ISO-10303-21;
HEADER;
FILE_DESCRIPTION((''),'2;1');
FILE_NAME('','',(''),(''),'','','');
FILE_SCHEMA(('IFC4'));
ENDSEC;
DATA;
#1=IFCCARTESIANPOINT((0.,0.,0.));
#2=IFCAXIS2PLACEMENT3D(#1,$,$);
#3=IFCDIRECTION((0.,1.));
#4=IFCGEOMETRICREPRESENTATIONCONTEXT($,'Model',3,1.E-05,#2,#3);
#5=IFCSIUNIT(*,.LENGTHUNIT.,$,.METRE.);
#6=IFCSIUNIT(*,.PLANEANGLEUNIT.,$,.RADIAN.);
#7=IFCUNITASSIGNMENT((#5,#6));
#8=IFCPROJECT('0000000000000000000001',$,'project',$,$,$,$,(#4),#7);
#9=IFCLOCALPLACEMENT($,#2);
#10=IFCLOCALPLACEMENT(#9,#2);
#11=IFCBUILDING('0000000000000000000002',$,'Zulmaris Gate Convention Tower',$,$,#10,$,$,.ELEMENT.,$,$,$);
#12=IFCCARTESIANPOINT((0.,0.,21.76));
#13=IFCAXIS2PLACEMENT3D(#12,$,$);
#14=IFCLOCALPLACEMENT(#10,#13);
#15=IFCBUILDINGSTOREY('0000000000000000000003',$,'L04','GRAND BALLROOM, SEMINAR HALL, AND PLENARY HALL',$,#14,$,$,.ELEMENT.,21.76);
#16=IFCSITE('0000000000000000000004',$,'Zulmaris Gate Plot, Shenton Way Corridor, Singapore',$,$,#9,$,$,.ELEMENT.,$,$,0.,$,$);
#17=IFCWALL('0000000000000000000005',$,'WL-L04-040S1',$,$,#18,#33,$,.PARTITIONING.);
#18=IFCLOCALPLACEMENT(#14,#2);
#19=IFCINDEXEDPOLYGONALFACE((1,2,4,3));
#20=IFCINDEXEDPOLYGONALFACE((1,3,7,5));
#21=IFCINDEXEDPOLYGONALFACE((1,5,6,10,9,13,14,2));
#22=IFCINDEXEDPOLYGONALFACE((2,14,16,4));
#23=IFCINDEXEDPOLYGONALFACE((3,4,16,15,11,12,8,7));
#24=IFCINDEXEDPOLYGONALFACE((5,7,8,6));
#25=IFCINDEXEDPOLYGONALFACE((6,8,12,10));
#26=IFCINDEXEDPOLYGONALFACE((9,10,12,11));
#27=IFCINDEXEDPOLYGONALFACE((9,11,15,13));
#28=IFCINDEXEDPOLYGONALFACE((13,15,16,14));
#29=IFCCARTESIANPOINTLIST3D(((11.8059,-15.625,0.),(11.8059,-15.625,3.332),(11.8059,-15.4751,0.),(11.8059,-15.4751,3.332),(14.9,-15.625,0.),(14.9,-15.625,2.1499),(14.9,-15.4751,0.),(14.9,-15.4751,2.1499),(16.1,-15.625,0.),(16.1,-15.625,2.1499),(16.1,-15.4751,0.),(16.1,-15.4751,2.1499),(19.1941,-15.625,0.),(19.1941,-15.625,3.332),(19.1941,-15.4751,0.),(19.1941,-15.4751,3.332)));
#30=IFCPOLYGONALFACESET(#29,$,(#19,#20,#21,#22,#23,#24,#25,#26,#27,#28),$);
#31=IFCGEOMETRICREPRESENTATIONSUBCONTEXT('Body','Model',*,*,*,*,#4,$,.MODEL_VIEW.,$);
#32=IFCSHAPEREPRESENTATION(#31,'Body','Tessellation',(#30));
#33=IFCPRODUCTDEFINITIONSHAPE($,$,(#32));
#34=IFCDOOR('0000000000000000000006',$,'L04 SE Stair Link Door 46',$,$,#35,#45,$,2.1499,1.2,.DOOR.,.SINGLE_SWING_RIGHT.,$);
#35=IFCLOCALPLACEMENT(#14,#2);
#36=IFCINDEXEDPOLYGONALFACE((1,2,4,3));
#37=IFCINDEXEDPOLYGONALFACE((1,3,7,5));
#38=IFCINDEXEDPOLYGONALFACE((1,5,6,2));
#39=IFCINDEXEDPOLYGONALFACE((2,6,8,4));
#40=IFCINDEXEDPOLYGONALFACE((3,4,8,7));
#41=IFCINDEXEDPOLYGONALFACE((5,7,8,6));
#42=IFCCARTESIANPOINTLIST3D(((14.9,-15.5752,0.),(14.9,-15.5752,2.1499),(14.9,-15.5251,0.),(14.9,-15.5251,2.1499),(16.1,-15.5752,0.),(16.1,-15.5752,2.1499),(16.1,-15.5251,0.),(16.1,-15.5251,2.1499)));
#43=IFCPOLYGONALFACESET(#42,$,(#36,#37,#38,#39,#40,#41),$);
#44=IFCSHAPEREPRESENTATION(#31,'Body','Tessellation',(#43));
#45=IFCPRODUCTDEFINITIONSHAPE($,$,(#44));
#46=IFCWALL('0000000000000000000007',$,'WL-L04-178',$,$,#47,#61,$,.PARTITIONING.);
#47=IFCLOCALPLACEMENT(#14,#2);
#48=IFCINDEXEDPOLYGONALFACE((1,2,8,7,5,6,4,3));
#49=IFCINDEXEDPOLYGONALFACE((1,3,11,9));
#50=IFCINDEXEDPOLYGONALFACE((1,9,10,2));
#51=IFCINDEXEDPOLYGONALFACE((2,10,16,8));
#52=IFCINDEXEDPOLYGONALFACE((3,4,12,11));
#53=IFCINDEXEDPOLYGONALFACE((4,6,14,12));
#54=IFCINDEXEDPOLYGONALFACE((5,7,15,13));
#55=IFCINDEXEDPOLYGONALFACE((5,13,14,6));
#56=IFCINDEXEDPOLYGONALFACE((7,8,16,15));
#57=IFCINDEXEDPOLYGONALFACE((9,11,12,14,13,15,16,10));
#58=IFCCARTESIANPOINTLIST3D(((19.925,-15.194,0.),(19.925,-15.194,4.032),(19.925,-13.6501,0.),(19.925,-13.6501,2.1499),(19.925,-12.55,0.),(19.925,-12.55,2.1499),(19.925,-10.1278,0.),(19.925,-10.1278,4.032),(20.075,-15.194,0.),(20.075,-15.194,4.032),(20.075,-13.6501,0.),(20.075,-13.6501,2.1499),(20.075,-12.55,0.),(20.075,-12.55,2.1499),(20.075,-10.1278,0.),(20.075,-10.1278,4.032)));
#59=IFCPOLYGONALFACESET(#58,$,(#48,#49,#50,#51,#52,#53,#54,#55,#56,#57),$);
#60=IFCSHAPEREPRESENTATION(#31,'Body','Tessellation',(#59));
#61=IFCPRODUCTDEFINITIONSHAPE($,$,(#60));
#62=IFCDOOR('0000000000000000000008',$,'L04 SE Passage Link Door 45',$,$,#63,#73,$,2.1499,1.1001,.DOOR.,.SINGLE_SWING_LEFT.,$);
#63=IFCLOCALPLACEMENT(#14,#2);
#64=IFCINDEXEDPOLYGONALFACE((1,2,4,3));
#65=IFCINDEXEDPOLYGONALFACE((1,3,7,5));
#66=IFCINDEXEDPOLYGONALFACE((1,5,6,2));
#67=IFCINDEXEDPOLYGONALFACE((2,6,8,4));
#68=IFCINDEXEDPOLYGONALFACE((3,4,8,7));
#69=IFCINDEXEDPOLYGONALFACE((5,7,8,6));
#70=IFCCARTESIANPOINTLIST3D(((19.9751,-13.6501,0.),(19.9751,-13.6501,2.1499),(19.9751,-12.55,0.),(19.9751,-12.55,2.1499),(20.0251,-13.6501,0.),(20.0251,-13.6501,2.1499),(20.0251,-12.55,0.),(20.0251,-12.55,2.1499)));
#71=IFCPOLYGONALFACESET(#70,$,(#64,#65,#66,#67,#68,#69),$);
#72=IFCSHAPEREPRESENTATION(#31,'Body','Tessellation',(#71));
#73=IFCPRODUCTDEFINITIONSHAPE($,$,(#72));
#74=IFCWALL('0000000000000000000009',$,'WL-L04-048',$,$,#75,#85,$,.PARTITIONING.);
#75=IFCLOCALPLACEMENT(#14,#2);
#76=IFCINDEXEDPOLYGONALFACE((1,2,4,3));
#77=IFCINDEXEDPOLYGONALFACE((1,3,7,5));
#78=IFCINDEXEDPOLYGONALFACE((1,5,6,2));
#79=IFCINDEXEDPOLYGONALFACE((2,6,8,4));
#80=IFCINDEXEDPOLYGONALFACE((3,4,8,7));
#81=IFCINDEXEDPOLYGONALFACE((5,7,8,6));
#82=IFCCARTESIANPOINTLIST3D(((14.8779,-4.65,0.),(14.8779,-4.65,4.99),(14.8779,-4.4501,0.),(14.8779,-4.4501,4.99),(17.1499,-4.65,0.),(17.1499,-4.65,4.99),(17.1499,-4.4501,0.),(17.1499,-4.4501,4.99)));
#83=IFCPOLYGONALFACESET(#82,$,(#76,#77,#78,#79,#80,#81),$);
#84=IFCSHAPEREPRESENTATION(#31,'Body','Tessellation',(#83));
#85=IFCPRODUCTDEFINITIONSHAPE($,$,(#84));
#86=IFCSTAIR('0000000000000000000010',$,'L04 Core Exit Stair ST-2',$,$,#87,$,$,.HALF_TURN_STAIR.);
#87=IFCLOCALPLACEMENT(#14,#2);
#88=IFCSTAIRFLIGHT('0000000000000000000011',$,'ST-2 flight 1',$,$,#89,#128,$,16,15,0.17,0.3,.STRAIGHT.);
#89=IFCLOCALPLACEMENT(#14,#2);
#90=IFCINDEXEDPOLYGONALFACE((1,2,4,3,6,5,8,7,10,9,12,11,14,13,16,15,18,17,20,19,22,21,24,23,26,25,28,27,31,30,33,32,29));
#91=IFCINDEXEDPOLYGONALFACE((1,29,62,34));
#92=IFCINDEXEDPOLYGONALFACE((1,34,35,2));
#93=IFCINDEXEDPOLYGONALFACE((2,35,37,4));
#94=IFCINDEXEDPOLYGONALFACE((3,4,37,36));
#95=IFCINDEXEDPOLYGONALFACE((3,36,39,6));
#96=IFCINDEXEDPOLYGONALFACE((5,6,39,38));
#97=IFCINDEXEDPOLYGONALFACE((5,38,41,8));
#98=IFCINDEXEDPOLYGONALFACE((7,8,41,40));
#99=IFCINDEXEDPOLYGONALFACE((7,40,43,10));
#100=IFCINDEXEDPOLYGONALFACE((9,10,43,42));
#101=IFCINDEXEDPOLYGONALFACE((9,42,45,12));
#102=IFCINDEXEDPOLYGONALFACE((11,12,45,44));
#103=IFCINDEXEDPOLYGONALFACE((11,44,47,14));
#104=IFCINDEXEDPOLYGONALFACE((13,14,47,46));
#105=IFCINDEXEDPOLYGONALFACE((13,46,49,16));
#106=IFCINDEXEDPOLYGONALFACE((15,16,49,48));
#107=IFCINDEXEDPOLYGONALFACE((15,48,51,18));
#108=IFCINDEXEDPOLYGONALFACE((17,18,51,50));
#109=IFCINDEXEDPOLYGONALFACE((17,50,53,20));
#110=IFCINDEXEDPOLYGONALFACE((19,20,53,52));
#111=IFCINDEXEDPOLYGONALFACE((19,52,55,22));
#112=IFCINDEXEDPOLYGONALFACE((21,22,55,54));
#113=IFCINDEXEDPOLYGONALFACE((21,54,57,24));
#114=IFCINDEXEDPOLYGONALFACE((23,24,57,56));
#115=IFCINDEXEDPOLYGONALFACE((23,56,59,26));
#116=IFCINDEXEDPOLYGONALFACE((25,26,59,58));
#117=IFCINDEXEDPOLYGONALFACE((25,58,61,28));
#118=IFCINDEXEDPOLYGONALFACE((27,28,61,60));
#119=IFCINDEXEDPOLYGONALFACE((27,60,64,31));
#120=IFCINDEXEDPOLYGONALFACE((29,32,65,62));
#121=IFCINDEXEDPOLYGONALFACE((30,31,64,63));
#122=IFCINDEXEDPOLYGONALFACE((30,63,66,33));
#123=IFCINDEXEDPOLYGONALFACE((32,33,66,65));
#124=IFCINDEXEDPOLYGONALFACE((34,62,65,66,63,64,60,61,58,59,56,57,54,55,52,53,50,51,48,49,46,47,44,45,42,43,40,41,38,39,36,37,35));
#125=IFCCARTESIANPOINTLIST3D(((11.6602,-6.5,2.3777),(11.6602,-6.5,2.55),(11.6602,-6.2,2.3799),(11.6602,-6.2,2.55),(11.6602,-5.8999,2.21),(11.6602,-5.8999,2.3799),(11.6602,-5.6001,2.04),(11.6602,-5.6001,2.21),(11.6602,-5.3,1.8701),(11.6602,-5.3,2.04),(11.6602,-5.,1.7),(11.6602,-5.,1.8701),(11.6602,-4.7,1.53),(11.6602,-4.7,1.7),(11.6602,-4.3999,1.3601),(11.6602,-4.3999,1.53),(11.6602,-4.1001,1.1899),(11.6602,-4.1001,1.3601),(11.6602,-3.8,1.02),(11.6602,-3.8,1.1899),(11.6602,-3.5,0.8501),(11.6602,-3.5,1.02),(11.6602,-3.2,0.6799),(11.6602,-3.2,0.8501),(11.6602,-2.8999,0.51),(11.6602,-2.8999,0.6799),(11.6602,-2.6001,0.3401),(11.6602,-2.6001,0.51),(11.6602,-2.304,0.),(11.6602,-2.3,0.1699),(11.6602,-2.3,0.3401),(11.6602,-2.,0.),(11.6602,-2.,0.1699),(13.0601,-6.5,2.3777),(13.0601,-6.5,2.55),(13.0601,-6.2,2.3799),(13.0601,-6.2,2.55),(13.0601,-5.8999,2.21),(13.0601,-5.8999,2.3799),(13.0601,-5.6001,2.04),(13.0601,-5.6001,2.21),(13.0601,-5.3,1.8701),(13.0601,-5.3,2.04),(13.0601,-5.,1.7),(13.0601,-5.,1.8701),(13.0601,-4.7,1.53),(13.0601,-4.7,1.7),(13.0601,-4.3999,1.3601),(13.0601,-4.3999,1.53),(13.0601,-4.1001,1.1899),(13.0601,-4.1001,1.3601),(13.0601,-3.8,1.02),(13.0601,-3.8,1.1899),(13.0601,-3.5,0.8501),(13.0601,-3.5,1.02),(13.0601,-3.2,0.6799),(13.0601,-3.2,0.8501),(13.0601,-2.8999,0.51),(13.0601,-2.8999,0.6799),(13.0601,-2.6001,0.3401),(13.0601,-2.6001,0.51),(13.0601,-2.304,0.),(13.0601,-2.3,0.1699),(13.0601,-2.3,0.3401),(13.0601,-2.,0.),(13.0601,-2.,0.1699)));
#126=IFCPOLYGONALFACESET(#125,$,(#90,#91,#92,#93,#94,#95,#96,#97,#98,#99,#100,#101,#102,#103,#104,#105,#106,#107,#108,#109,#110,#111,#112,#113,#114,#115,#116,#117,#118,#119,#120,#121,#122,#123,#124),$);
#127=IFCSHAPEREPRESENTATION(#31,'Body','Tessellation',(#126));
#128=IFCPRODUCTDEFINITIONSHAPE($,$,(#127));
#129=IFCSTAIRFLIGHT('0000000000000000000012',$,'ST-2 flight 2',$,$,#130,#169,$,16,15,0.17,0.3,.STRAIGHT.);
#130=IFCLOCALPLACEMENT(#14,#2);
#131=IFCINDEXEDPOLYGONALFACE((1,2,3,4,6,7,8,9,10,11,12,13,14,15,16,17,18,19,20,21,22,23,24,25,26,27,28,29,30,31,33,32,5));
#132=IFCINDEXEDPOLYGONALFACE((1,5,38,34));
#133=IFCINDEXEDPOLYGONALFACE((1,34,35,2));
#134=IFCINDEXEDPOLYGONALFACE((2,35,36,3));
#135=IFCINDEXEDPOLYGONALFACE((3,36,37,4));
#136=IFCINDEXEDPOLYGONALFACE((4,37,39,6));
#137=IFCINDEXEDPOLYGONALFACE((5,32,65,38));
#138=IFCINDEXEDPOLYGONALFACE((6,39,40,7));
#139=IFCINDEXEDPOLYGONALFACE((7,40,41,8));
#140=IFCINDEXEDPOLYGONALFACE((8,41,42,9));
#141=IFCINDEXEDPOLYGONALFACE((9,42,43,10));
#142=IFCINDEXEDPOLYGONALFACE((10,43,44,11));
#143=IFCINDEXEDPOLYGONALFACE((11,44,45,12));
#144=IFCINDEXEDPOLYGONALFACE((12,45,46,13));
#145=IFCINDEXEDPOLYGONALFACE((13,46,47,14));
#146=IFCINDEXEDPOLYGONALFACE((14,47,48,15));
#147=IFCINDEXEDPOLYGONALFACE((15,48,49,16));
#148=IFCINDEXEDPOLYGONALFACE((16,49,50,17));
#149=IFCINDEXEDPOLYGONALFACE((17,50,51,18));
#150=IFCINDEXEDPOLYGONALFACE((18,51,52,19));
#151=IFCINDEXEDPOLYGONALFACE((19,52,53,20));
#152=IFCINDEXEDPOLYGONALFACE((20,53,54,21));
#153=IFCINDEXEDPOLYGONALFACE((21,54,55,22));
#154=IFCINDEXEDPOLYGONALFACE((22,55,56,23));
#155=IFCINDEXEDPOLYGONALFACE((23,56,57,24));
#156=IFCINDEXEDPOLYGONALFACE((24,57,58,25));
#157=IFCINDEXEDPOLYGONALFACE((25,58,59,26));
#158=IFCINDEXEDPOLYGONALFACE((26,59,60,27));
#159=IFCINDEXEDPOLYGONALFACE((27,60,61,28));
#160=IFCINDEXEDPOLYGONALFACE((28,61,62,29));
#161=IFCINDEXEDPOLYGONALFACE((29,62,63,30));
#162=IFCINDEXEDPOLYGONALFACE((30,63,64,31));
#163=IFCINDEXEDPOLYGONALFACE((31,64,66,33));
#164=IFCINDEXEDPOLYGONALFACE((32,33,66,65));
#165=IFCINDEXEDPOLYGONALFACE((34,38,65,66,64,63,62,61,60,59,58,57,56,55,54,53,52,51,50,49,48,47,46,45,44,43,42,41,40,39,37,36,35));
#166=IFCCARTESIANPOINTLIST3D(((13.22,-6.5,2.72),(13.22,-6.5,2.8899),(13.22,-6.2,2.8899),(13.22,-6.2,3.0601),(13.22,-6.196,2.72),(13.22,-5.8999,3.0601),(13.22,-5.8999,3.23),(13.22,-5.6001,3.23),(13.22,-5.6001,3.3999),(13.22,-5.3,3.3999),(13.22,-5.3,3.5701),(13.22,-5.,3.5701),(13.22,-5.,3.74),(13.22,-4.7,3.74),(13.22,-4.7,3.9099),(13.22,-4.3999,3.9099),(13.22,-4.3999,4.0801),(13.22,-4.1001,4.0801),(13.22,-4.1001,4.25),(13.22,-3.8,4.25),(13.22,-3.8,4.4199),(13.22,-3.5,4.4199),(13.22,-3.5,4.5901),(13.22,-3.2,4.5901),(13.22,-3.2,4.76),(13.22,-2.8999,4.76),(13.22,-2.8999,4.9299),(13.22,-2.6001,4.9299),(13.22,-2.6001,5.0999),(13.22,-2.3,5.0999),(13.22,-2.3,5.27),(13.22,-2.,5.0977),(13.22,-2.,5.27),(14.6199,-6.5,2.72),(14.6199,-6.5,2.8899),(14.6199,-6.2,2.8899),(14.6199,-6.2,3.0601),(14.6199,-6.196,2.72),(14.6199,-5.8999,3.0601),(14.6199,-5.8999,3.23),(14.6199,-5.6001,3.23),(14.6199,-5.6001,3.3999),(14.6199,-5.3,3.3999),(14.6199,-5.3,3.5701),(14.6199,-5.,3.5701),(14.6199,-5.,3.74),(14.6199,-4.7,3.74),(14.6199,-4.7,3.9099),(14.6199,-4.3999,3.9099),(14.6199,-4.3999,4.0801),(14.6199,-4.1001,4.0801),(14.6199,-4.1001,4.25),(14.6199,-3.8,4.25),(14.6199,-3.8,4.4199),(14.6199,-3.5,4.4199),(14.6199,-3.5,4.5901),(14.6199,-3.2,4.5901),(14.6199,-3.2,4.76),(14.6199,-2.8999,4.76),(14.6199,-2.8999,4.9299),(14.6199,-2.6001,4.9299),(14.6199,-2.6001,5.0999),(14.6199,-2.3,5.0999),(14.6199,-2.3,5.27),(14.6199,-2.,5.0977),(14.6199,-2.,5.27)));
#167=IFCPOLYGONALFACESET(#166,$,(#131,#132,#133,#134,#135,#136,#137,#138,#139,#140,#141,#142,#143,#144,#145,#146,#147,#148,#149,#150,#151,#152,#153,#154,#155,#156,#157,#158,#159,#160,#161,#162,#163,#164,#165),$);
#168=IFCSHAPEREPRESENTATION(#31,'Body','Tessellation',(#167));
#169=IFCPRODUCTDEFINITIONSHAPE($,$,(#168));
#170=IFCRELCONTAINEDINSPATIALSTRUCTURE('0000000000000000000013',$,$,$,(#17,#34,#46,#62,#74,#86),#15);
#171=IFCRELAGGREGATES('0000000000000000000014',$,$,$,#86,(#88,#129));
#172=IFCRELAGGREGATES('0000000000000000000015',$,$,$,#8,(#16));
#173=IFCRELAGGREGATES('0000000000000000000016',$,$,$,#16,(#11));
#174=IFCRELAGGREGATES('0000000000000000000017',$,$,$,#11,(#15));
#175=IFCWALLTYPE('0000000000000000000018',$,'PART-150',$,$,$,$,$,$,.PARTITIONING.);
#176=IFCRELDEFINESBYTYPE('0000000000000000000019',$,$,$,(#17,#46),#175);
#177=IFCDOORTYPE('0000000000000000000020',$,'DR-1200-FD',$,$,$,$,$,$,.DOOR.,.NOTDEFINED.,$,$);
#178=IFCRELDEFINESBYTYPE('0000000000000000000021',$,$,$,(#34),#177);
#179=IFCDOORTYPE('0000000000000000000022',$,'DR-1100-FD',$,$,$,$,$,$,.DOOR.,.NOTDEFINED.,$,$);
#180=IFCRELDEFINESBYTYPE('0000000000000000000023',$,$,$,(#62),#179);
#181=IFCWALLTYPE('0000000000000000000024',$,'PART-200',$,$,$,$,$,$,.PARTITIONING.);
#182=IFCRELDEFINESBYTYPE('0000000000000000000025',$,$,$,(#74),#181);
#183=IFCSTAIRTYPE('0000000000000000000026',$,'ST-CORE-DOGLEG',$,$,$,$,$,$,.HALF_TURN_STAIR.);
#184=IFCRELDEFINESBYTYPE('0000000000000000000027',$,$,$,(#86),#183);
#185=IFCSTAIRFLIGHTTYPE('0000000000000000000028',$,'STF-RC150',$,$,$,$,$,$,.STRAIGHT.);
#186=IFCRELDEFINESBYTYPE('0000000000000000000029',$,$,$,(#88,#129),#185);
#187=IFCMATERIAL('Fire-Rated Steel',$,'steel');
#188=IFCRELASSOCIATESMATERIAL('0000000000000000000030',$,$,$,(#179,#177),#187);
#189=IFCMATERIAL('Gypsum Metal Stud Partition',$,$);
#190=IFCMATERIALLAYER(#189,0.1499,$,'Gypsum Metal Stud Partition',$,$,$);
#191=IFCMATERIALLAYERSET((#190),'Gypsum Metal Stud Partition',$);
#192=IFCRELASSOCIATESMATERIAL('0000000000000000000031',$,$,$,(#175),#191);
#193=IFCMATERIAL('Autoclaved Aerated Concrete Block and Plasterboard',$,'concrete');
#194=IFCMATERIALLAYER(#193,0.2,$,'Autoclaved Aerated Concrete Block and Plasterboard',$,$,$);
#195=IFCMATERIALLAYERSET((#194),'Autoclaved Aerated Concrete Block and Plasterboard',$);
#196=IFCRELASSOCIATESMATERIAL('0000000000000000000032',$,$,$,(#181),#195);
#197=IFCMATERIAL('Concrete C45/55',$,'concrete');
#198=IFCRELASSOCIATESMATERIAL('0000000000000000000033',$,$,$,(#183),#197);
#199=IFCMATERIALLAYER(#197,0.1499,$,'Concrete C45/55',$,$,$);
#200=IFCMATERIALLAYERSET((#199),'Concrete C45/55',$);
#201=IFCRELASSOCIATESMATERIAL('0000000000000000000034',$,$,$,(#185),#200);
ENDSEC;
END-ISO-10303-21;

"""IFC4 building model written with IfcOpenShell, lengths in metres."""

from ifc_helpers import new_model, si_unit, direction, frame, frame_2d, origin, place, context, subcontext, project, spatial, polyline, rectangle, outline, extrude, material, layer, layer_set, type_object, element, fill, aggregate, save


model = new_model("IFC4")

# Units and contexts
model_context = context("Model", 3, precision=1e-05, world=origin(), true_north=direction((0.0, 1.0)))
body_context = subcontext(model_context, "Body", "Model", "MODEL_VIEW")
ifc_project = project(units=[si_unit("LENGTHUNIT", "METRE"), si_unit("PLANEANGLEUNIT", "RADIAN")], contexts=[model_context])

# Site, building, storey
site_placement = place(None, origin())
site = spatial("IfcSite", under=ifc_project, at=site_placement, Name="Zulmaris Gate Plot, Shenton Way Corridor, Singapore", CompositionType="ELEMENT", RefElevation=0.0)
building_placement = place(site_placement, origin())
building = spatial("IfcBuilding", under=site, at=building_placement, Name="Zulmaris Gate Convention Tower", CompositionType="ELEMENT")
storey_placement = place(building_placement, frame((0.0, 0.0, 21.76)))
storey = spatial("IfcBuildingStorey", under=building, at=storey_placement, Name="L04", Description="GRAND BALLROOM, SEMINAR HALL, AND PLENARY HALL", CompositionType="ELEMENT", Elevation=21.76)

# Shared definitions
ifc_material_1 = material(Name="Fire-Rated Steel", Category="steel")
door_type_1 = type_object("IfcDoorType", Name="DR-1100-FD", OperationType="NOTDEFINED", PredefinedType="DOOR", material=ifc_material_1)

# Walls, openings, doors
ifc_material_2 = material(Name="Gypsum Metal Stud Partition")
ifc_layer_1 = layer(ifc_material_2, 0.1499, Name="Gypsum Metal Stud Partition")
ifc_layer_set_1 = layer_set([ifc_layer_1], Name="Gypsum Metal Stud Partition")
wall_type_1 = type_object("IfcWallType", Name="PART-150", PredefinedType="PARTITIONING", material=ifc_layer_set_1)
wall_1_placement = place(storey_placement, frame((11.8059, -15.55, 0.0), z_axis=(0.0, 0.0, 1.0), x_axis=(1.0, 0.0, 0.0)))
wall_1 = element("IfcWall", 1, at=wall_1_placement, inside=storey, type_object=wall_type_1, Name="WL-L04-040S1", PredefinedType="PARTITIONING", context=body_context, shape_type="SweptSolid", body=[
    extrude(rectangle(XDim=7.3882, YDim=0.1499, at=frame_2d((3.6941, 0.0))), origin(), (0.0, 0.0, 1.0), 3.332),
])
opening_1_placement = place(wall_1_placement, frame((3.094, 0.0, 0.0)))
opening_1 = element("IfcOpeningElement", 2, at=opening_1_placement, cuts=wall_1, PredefinedType="OPENING", context=body_context, shape_type="SweptSolid", body=[
    extrude(rectangle(XDim=1.2, YDim=2.1499, at=frame_2d((0.6001, 1.075))), frame((0.0, 0.085, 0.0), z_axis=(0.0, -1.0, 0.0), x_axis=(1.0, 0.0, 0.0)), (0.0, 0.0, 1.0), 0.1699),
])
door_type_2 = type_object("IfcDoorType", Name="DR-1200-FD", OperationType="NOTDEFINED", PredefinedType="DOOR", material=ifc_material_1)
door_1_placement = place(opening_1_placement, origin())
door_1 = element("IfcDoor", 3, at=door_1_placement, inside=storey, type_object=door_type_2, Name="L04 SE Stair Link Door 46", OperationType="SINGLE_SWING_RIGHT", OverallHeight=2.1499, OverallWidth=1.2, PredefinedType="DOOR", context=body_context, shape_type="SweptSolid", body=[
    extrude(rectangle(XDim=1.2, YDim=2.1499, at=frame_2d((0.6001, 1.075))), frame((0.0, 0.0249, 0.0), z_axis=(0.0, -1.0, 0.0), x_axis=(1.0, 0.0, 0.0)), (0.0, 0.0, 1.0), 0.05),
])
fill(opening_1, door_1)
wall_2_placement = place(storey_placement, frame((20.0, -15.1941, 0.0), z_axis=(0.0, 0.0, 1.0), x_axis=(0.0, 1.0, 0.0)))
wall_2 = element("IfcWall", 4, at=wall_2_placement, inside=storey, type_object=wall_type_1, Name="WL-L04-178", PredefinedType="PARTITIONING", context=body_context, shape_type="SweptSolid", body=[
    extrude(rectangle(XDim=5.0662, YDim=0.1499, at=frame_2d((2.5332, 0.0))), origin(), (0.0, 0.0, 1.0), 4.032),
])
opening_2_placement = place(wall_2_placement, frame((1.5439, 0.0, 0.0)))
opening_2 = element("IfcOpeningElement", 5, at=opening_2_placement, cuts=wall_2, PredefinedType="OPENING", context=body_context, shape_type="SweptSolid", body=[
    extrude(rectangle(XDim=1.1001, YDim=2.1499, at=frame_2d((0.55, 1.075))), frame((0.0, 0.085, 0.0), z_axis=(0.0, -1.0, 0.0), x_axis=(1.0, 0.0, 0.0)), (0.0, 0.0, 1.0), 0.1699),
])
door_2_placement = place(opening_2_placement, origin())
door_2 = element("IfcDoor", 6, at=door_2_placement, inside=storey, type_object=door_type_1, Name="L04 SE Passage Link Door 45", OperationType="SINGLE_SWING_LEFT", OverallHeight=2.1499, OverallWidth=1.1001, PredefinedType="DOOR", context=body_context, shape_type="SweptSolid", body=[
    extrude(rectangle(XDim=1.1001, YDim=2.1499, at=frame_2d((0.55, 1.075))), frame((0.0, 0.0249, 0.0), z_axis=(0.0, -1.0, 0.0), x_axis=(1.0, 0.0, 0.0)), (0.0, 0.0, 1.0), 0.05),
])
fill(opening_2, door_2)

# Wall
ifc_material_3 = material(Name="Autoclaved Aerated Concrete Block and Plasterboard", Category="concrete")
ifc_layer_2 = layer(ifc_material_3, 0.2, Name="Autoclaved Aerated Concrete Block and Plasterboard")
ifc_layer_set_2 = layer_set([ifc_layer_2], Name="Autoclaved Aerated Concrete Block and Plasterboard")
wall_type_2 = type_object("IfcWallType", Name="PART-200", PredefinedType="PARTITIONING", material=ifc_layer_set_2)
wall_3_placement = place(storey_placement, frame((14.8779, -4.55, 0.0), z_axis=(0.0, 0.0, 1.0), x_axis=(1.0, 0.0, 0.0)))
element("IfcWall", 7, at=wall_3_placement, inside=storey, type_object=wall_type_2, Name="WL-L04-048", PredefinedType="PARTITIONING", context=body_context, shape_type="SweptSolid", body=[
    extrude(rectangle(XDim=2.272, YDim=0.2, at=frame_2d((1.136, 0.0))), origin(), (0.0, 0.0, 1.0), 4.99),
])

# Stair, stair flights
ifc_material_4 = material(Name="Concrete C45/55", Category="concrete")
stair_type = type_object("IfcStairType", Name="ST-CORE-DOGLEG", PredefinedType="HALF_TURN_STAIR", material=ifc_material_4)
stair_placement = place(storey_placement, origin())
stair = element("IfcStair", 8, at=stair_placement, inside=storey, type_object=stair_type, Name="L04 Core Exit Stair ST-2", PredefinedType="HALF_TURN_STAIR")
ifc_layer_3 = layer(ifc_material_4, 0.1499, Name="Concrete C45/55")
ifc_layer_set_3 = layer_set([ifc_layer_3], Name="Concrete C45/55")
stair_flight_type = type_object("IfcStairFlightType", Name="STF-RC150", PredefinedType="STRAIGHT", material=ifc_layer_set_3)
stair_flight_1_placement = place(storey_placement, frame((12.3601, -2.0, 0.0), z_axis=(0.0, 0.0, 1.0), x_axis=(0.0, -1.0, 0.0)))
stair_flight_1 = element("IfcStairFlight", 9, at=stair_flight_1_placement, type_object=stair_flight_type, Name="ST-2 flight 1", NumberOfRisers=16, NumberOfTreads=15, PredefinedType="STRAIGHT", RiserHeight=0.17, TreadLength=0.3, context=body_context, shape_type="SweptSolid", body=[
    extrude(outline(polyline([(0.0, 0.0), (0.0, 0.1699), (0.3, 0.1699), (0.3, 0.3401), (0.6001, 0.3401), (0.6001, 0.51), (0.8999, 0.51), (0.8999, 0.6799), (1.2, 0.6799), (1.2, 0.8501), (1.5, 0.8501), (1.5, 1.02), (1.8, 1.02), (1.8, 1.1899), (2.1001, 1.1899), (2.1001, 1.3601), (2.3999, 1.3601), (2.3999, 1.53), (2.7, 1.53), (2.7, 1.7), (3.0, 1.7), (3.0, 1.8701), (3.3, 1.8701), (3.3, 2.04), (3.6001, 2.04), (3.6001, 2.21), (3.8999, 2.21), (3.8999, 2.3799), (4.2, 2.3799), (4.2, 2.55), (4.5, 2.55), (4.5, 2.72), (4.5, 2.3777), (0.304, 0.0), (0.0, 0.0)])), frame((0.0, 0.7, 0.0), z_axis=(0.0, -1.0, 0.0), x_axis=(1.0, 0.0, 0.0)), (0.0, 0.0, 1.0), 1.3999),
])
stair_flight_2_placement = place(storey_placement, frame((13.9199, -6.5, 2.72), z_axis=(0.0, 0.0, 1.0), x_axis=(0.0, 1.0, 0.0)))
stair_flight_2 = element("IfcStairFlight", 10, at=stair_flight_2_placement, type_object=stair_flight_type, Name="ST-2 flight 2", NumberOfRisers=16, NumberOfTreads=15, PredefinedType="STRAIGHT", RiserHeight=0.17, TreadLength=0.3, context=body_context, shape_type="SweptSolid", body=[
    extrude(outline(polyline([(0.0, 0.0), (0.0, 0.1699), (0.3, 0.1699), (0.3, 0.3401), (0.6001, 0.3401), (0.6001, 0.51), (0.8999, 0.51), (0.8999, 0.6799), (1.2, 0.6799), (1.2, 0.8501), (1.5, 0.8501), (1.5, 1.02), (1.8, 1.02), (1.8, 1.1899), (2.1001, 1.1899), (2.1001, 1.3601), (2.3999, 1.3601), (2.3999, 1.53), (2.7, 1.53), (2.7, 1.7), (3.0, 1.7), (3.0, 1.8701), (3.3, 1.8701), (3.3, 2.04), (3.6001, 2.04), (3.6001, 2.21), (3.8999, 2.21), (3.8999, 2.3799), (4.2, 2.3799), (4.2, 2.55), (4.5, 2.55), (4.5, 2.72), (4.5, 2.3777), (0.304, 0.0), (0.0, 0.0)])), frame((0.0, 0.7, 0.0), z_axis=(0.0, -1.0, 0.0), x_axis=(1.0, 0.0, 0.0)), (0.0, 0.0, 1.0), 1.3999),
])
aggregate(stair, [stair_flight_1, stair_flight_2])

save(model, "model.ifc")
